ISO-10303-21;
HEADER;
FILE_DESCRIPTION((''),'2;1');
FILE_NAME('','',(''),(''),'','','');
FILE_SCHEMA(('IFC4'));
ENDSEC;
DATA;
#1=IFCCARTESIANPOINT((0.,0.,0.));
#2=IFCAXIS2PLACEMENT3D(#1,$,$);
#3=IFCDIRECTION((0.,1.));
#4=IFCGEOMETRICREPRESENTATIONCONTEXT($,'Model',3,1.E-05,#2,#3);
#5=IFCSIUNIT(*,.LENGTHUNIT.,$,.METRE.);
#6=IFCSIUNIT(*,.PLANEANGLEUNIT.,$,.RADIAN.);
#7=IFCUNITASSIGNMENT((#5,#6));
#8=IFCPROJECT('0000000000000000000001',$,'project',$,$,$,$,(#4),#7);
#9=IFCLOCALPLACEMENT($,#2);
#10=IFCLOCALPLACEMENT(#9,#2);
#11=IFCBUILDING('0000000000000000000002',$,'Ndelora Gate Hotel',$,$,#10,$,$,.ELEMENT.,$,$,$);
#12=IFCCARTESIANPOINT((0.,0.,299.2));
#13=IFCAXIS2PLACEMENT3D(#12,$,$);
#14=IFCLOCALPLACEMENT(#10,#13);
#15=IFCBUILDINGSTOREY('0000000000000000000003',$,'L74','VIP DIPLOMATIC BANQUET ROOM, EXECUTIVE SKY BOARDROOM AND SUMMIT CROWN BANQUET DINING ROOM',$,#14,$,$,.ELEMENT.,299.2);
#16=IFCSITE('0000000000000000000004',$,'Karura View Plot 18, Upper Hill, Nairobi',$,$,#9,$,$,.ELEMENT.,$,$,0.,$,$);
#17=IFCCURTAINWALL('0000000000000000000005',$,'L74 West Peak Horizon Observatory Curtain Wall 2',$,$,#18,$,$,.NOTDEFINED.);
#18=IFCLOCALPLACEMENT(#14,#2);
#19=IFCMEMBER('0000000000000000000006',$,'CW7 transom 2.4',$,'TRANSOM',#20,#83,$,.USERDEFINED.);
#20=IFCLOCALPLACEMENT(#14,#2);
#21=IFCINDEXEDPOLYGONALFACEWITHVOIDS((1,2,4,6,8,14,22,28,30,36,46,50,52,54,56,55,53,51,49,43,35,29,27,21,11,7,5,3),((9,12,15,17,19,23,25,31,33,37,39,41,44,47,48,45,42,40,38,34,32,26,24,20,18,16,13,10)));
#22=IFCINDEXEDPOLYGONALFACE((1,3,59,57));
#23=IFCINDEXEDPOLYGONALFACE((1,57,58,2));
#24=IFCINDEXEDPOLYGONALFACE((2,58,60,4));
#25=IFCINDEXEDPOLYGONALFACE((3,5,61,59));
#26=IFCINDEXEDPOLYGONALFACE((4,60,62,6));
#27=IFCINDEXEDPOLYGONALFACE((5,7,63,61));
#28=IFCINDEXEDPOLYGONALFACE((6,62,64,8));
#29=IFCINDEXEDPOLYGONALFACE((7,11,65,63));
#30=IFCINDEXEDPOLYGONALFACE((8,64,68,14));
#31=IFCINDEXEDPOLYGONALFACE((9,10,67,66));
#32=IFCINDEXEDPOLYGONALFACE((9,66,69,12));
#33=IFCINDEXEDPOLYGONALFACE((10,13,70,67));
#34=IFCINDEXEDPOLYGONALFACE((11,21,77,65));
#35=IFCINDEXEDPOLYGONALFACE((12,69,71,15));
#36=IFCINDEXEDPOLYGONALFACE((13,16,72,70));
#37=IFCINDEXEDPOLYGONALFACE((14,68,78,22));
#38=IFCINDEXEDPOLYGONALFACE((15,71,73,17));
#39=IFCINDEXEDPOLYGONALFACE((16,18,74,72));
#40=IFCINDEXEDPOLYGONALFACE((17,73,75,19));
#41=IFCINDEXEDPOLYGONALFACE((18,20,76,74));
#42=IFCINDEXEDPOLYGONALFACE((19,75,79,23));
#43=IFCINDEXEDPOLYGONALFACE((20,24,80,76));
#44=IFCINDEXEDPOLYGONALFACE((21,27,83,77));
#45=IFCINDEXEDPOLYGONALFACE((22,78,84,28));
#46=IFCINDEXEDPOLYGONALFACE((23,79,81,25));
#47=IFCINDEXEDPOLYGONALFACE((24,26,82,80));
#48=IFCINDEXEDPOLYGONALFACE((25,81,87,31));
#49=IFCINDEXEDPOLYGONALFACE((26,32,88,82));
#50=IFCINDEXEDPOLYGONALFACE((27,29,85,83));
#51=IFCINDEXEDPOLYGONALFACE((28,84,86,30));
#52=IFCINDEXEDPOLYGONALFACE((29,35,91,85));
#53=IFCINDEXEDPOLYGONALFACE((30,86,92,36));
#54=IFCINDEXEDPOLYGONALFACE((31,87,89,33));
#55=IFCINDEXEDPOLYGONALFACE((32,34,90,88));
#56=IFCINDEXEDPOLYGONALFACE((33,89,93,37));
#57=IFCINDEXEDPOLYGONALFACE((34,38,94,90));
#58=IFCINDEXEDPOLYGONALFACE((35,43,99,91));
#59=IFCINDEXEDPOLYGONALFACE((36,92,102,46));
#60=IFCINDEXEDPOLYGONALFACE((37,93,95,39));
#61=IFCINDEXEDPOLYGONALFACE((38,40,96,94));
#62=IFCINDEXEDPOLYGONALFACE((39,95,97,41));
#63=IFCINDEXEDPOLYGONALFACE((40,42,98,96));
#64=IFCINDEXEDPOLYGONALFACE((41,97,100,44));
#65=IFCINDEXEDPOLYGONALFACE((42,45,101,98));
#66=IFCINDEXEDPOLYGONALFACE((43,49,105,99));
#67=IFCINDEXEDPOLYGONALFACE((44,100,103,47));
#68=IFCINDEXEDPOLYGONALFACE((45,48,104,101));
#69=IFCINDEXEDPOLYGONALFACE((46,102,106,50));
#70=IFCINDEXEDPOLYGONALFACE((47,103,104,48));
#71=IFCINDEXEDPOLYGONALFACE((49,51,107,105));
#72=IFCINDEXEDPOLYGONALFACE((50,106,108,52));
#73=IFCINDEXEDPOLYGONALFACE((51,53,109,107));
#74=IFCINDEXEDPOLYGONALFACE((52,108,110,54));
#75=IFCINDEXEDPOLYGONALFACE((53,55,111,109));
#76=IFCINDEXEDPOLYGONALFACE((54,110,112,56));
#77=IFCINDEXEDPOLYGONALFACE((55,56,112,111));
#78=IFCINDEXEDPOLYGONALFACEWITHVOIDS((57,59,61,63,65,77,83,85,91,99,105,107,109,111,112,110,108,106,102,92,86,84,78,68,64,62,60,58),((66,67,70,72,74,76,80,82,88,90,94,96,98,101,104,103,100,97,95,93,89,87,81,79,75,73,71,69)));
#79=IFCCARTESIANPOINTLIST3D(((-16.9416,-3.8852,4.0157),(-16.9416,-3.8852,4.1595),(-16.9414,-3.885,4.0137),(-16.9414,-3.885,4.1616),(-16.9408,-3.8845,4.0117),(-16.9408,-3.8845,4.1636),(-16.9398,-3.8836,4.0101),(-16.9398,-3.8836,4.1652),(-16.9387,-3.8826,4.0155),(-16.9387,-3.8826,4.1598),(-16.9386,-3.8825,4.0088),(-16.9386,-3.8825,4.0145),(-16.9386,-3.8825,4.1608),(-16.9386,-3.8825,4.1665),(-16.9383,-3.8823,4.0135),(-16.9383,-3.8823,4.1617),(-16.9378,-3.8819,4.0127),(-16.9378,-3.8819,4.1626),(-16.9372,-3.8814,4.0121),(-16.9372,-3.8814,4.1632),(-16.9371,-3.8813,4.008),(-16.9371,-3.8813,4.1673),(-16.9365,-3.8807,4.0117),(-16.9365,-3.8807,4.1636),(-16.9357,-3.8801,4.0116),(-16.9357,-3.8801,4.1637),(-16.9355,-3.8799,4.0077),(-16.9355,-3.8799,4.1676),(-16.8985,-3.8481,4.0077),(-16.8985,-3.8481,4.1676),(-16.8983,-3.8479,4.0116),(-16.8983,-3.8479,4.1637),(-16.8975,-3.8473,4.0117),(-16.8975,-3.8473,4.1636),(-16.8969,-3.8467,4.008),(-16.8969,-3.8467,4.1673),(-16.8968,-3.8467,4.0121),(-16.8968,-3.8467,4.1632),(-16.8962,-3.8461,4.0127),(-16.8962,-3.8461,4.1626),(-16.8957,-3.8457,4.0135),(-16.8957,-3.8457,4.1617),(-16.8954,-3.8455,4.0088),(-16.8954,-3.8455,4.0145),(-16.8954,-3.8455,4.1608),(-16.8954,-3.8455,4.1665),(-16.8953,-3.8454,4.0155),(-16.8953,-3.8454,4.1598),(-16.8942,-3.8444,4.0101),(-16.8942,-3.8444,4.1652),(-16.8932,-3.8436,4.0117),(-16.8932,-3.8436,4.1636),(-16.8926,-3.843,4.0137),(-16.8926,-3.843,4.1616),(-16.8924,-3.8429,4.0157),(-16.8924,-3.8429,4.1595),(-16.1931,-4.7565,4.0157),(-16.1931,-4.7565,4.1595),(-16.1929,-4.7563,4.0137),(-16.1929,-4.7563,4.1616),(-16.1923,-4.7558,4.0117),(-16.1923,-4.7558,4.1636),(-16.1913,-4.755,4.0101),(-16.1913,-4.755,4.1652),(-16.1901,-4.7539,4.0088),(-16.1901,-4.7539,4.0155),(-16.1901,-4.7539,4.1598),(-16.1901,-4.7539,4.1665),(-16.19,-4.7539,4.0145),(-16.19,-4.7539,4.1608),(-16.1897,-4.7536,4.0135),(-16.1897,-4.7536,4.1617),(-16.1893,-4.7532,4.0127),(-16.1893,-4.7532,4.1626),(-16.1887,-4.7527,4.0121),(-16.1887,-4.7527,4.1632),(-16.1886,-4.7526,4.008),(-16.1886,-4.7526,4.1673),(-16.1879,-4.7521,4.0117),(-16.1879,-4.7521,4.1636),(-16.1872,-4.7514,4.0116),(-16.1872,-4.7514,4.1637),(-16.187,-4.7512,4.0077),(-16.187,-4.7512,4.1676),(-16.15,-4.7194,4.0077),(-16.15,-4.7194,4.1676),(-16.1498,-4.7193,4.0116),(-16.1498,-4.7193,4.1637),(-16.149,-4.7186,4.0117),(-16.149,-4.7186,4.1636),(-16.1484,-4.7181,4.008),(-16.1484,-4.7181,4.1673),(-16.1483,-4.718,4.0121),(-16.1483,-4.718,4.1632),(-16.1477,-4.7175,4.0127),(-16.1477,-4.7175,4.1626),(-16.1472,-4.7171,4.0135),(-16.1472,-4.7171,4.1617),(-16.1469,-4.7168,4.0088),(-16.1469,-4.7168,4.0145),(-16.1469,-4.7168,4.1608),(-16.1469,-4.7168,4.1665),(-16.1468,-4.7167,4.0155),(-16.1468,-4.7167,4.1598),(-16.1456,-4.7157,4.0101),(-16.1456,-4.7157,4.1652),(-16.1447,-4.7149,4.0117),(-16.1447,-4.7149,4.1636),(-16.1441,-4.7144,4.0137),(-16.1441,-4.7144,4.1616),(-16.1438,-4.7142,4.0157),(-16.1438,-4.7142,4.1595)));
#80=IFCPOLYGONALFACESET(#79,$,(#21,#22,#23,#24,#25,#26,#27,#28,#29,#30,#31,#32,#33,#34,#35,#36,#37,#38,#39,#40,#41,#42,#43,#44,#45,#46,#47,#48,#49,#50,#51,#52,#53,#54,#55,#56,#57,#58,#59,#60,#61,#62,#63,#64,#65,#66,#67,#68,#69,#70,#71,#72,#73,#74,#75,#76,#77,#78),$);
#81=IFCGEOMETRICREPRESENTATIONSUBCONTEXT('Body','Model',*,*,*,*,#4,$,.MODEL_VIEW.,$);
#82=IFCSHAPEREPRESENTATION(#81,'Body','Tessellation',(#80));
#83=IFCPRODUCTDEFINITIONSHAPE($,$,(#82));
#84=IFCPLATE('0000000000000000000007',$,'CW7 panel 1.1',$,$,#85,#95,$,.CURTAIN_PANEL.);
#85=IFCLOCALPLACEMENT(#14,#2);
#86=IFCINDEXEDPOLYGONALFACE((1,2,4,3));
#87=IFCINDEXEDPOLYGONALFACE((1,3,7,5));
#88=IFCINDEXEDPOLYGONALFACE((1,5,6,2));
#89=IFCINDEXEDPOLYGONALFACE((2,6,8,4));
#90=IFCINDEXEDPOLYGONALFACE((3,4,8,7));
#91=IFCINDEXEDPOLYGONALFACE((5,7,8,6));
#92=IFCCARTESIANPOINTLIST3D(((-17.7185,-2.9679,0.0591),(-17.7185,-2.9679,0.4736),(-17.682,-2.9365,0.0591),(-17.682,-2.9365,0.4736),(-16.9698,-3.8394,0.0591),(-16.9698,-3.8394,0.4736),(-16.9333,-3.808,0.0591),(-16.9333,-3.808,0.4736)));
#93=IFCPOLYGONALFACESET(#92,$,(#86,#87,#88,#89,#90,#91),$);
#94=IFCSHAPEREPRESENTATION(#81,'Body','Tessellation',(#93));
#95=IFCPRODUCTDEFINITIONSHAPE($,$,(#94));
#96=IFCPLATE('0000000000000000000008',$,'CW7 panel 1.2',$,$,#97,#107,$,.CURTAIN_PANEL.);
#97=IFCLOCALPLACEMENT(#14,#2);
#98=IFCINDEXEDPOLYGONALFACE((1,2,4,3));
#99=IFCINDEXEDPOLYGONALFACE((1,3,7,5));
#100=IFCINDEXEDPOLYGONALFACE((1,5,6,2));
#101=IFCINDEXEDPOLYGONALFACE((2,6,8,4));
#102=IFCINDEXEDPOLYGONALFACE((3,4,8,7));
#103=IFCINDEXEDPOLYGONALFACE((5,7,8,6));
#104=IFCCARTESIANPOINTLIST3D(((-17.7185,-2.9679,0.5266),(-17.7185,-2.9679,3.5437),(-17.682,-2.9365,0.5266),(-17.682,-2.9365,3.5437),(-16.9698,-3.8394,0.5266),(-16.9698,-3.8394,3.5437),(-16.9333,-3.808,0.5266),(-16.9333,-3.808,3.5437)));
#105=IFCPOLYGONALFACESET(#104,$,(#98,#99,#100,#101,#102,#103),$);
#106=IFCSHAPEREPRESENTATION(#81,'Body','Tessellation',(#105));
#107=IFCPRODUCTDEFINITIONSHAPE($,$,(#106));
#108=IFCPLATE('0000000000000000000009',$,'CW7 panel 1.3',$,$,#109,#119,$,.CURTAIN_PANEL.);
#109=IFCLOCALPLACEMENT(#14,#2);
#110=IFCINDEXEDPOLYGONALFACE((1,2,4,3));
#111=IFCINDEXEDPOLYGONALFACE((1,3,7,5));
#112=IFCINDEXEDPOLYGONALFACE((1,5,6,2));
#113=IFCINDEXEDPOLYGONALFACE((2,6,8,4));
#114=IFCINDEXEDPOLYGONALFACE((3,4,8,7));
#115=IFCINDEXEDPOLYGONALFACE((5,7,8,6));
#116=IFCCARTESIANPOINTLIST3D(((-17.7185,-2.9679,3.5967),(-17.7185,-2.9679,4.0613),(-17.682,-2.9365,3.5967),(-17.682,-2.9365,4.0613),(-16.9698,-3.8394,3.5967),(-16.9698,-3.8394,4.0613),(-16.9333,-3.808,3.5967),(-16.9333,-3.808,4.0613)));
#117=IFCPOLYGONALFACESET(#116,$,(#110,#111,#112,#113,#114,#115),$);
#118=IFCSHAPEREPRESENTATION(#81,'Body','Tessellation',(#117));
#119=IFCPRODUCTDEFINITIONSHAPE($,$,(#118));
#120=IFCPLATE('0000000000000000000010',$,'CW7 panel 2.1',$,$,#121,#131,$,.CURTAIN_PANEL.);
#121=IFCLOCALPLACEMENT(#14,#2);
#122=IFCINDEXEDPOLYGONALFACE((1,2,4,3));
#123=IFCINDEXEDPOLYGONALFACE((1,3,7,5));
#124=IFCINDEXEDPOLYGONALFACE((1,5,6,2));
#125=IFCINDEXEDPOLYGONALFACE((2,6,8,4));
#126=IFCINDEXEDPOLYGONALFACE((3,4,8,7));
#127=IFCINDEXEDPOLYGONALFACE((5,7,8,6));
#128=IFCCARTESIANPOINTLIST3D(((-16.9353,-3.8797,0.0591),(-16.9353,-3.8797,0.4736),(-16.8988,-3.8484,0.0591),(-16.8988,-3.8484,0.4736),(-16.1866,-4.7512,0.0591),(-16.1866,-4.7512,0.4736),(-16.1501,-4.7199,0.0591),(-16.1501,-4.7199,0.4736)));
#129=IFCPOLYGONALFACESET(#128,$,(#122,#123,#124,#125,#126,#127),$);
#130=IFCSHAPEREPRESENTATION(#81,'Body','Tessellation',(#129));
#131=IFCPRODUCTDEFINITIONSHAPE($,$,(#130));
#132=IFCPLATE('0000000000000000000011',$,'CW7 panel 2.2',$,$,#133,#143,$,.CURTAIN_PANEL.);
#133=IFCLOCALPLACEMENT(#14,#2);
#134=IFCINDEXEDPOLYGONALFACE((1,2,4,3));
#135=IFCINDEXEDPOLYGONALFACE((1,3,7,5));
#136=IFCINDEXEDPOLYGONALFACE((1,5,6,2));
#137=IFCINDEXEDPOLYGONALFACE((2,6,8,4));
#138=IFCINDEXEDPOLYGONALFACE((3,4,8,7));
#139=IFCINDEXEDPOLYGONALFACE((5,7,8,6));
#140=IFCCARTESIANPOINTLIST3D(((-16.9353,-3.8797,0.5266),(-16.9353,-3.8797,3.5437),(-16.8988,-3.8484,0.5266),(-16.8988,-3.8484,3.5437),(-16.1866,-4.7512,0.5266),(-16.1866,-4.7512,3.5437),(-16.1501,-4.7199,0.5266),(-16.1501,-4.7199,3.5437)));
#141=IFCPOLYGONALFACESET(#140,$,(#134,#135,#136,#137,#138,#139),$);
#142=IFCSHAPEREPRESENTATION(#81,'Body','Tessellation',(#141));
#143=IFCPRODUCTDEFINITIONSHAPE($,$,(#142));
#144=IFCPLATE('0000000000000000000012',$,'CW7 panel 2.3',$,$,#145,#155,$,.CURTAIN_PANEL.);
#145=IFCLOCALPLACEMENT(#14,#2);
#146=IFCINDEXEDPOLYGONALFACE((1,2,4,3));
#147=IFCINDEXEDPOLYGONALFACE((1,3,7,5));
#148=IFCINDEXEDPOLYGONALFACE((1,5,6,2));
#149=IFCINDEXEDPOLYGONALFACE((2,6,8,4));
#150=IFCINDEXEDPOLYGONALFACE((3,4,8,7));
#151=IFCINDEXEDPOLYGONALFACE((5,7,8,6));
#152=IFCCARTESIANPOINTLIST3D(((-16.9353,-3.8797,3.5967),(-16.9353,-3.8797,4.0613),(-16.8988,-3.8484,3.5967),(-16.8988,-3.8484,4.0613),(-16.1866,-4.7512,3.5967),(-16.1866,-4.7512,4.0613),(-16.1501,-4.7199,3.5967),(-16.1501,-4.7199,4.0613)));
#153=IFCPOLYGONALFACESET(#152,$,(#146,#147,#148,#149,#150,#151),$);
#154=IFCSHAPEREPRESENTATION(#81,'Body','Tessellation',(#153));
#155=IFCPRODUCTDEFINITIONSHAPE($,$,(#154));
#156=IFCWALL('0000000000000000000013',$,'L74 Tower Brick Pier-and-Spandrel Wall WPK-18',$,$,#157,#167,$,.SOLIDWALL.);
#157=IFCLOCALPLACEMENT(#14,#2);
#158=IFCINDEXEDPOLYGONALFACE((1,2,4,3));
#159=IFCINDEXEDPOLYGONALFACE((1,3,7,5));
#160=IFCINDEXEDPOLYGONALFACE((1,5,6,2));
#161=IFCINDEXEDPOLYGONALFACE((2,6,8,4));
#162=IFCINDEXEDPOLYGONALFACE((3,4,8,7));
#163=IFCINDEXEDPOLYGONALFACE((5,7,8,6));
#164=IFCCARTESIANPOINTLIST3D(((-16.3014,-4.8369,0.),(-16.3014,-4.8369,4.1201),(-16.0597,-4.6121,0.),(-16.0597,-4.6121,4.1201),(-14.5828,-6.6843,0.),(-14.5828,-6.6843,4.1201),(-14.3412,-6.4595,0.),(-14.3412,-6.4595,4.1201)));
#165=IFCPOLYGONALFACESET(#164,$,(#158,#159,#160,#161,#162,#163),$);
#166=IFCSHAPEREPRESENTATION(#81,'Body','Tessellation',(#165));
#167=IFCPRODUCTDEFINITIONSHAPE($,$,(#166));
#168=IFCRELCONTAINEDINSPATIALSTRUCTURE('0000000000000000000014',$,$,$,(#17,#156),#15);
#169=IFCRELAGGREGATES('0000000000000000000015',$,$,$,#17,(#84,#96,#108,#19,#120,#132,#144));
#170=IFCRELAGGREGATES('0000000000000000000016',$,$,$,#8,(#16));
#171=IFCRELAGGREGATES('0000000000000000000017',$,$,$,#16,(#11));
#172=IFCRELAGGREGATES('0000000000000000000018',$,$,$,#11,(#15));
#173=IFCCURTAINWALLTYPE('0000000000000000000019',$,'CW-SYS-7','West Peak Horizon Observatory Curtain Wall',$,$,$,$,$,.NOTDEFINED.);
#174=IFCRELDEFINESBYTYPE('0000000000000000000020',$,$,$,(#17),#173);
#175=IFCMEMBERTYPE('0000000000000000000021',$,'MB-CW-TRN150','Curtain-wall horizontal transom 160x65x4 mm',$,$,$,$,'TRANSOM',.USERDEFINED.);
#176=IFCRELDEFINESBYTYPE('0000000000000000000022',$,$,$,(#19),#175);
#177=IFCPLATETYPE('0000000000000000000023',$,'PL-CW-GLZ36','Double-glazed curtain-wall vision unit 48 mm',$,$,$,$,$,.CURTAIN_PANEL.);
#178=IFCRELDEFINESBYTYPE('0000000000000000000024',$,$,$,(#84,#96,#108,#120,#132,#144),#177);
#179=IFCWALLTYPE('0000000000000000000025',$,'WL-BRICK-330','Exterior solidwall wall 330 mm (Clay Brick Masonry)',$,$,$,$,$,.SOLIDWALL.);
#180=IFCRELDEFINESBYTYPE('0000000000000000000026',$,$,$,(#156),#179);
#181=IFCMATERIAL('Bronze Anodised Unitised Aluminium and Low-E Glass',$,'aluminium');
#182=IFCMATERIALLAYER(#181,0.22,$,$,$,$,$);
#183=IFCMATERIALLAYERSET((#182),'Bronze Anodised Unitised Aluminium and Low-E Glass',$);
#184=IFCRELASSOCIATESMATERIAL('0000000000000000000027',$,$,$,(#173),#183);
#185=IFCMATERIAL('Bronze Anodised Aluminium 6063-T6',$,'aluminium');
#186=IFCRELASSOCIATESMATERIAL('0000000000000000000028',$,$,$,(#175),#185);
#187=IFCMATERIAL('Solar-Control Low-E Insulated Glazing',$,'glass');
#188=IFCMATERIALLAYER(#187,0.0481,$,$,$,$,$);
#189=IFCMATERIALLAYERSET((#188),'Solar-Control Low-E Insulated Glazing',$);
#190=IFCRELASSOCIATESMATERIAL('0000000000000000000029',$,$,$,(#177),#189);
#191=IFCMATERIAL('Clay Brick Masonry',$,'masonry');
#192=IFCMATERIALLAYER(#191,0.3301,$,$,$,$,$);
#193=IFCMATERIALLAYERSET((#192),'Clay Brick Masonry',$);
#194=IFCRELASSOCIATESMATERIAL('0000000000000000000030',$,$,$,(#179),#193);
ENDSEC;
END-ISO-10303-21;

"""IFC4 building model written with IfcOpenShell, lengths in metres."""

from ifc_helpers import new_model, si_unit, direction, frame, frame_2d, origin, origin_2d, place, context, subcontext, project, spatial, rectangle, hollow_rectangle, extrude, material, layer, layer_set, material_profile, profile_set, type_object, element, aggregate, save


model = new_model("IFC4")

# Units and contexts
model_context = context("Model", 3, precision=1e-05, world=origin(), true_north=direction((0.0, 1.0)))
body_context = subcontext(model_context, "Body", "Model", "MODEL_VIEW")
ifc_project = project(units=[si_unit("LENGTHUNIT", "METRE"), si_unit("PLANEANGLEUNIT", "RADIAN")], contexts=[model_context])

# Site, building, storey
site_placement = place(None, origin())
site = spatial("IfcSite", under=ifc_project, at=site_placement, Name="Karura View Plot 18, Upper Hill, Nairobi", CompositionType="ELEMENT", RefElevation=0.0)
building_placement = place(site_placement, origin())
building = spatial("IfcBuilding", under=site, at=building_placement, Name="Ndelora Gate Hotel", CompositionType="ELEMENT")
storey_placement = place(building_placement, frame((0.0, 0.0, 299.2)))
storey = spatial("IfcBuildingStorey", under=building, at=storey_placement, Name="L74", Description="VIP DIPLOMATIC BANQUET ROOM, EXECUTIVE SKY BOARDROOM AND SUMMIT CROWN BANQUET DINING ROOM", CompositionType="ELEMENT", Elevation=299.2)

# Curtain wall, member, plates
ifc_material_1 = material(Name="Bronze Anodised Unitised Aluminium and Low-E Glass", Category="aluminium")
ifc_layer_1 = layer(ifc_material_1, 0.22)
ifc_layer_set_1 = layer_set([ifc_layer_1], Name="Bronze Anodised Unitised Aluminium and Low-E Glass")
curtain_wall_type = type_object("IfcCurtainWallType", Name="CW-SYS-7", Description="West Peak Horizon Observatory Curtain Wall", PredefinedType="NOTDEFINED", material=ifc_layer_set_1)
curtain_wall_placement = place(storey_placement, origin())
curtain_wall = element("IfcCurtainWall", 1, at=curtain_wall_placement, inside=storey, type_object=curtain_wall_type, Name="L74 West Peak Horizon Observatory Curtain Wall 2", PredefinedType="NOTDEFINED")
ifc_material_2 = material(Name="Bronze Anodised Aluminium 6063-T6", Category="aluminium")
ifc_material_profile_1 = material_profile(ifc_material_2, hollow_rectangle(XDim=0.0649, YDim=0.1599, WallThickness=0.0039, InnerFilletRadius=0.0039, OuterFilletRadius=0.0081, at=origin_2d()), Name="ALU 160x65x4")
ifc_profile_set_1 = profile_set([ifc_material_profile_1], Name="Bronze Anodised Aluminium 6063-T6")
member_type_1 = type_object("IfcMemberType", Name="MB-CW-TRN150", Description="Curtain-wall horizontal transom 160x65x4 mm", ElementType="TRANSOM", PredefinedType="USERDEFINED", material=ifc_profile_set_1)
member_1_placement = place(storey_placement, frame((-16.917, -3.864, 4.0876), z_axis=(0.651631, -0.758536, 0.0), x_axis=(0.758536, 0.651631, 0.0)))
member_1 = element("IfcMember", 2, at=member_1_placement, type_object=member_type_1, Name="CW7 transom 2.4", ObjectType="TRANSOM", PredefinedType="USERDEFINED", context=body_context, shape_type="SweptSolid", body=[
    extrude(hollow_rectangle(XDim=0.0649, YDim=0.1599, WallThickness=0.0039, InnerFilletRadius=0.0039, OuterFilletRadius=0.0081, at=origin_2d()), origin(), (0.0, 0.0, 1.0), 1.1487),
])
ifc_material_3 = material(Name="Solar-Control Low-E Insulated Glazing", Category="glass")
ifc_layer_2 = layer(ifc_material_3, 0.0481)
ifc_layer_set_2 = layer_set([ifc_layer_2], Name="Solar-Control Low-E Insulated Glazing")
plate_type = type_object("IfcPlateType", Name="PL-CW-GLZ36", Description="Double-glazed curtain-wall vision unit 48 mm", PredefinedType="CURTAIN_PANEL", material=ifc_layer_set_2)
plate_1_placement = place(storey_placement, frame((-17.3259, -3.3879, 0.0591), z_axis=(0.0, 0.0, 1.0), x_axis=(0.651638, -0.75853, 0.0)))
plate_1 = element("IfcPlate", 3, at=plate_1_placement, type_object=plate_type, Name="CW7 panel 1.1", PredefinedType="CURTAIN_PANEL", context=body_context, shape_type="SweptSolid", body=[
    extrude(rectangle(XDim=1.1489, YDim=0.0481, at=origin_2d()), origin(), (0.0, 0.0, 1.0), 0.4146),
])
plate_2_placement = place(storey_placement, frame((-17.3259, -3.3879, 0.5266), z_axis=(0.0, 0.0, 1.0), x_axis=(0.651638, -0.75853, 0.0)))
plate_2 = element("IfcPlate", 4, at=plate_2_placement, type_object=plate_type, Name="CW7 panel 1.2", PredefinedType="CURTAIN_PANEL", context=body_context, shape_type="SweptSolid", body=[
    extrude(rectangle(XDim=1.1489, YDim=0.0481, at=origin_2d()), origin(), (0.0, 0.0, 1.0), 3.0171),
])
plate_3_placement = place(storey_placement, frame((-17.3259, -3.3879, 3.5967), z_axis=(0.0, 0.0, 1.0), x_axis=(0.651638, -0.75853, 0.0)))
plate_3 = element("IfcPlate", 5, at=plate_3_placement, type_object=plate_type, Name="CW7 panel 1.3", PredefinedType="CURTAIN_PANEL", context=body_context, shape_type="SweptSolid", body=[
    extrude(rectangle(XDim=1.1489, YDim=0.0481, at=origin_2d()), origin(), (0.0, 0.0, 1.0), 0.4646),
])
plate_4_placement = place(storey_placement, frame((-16.5427, -4.2998, 0.0591), z_axis=(0.0, 0.0, 1.0), x_axis=(0.651638, -0.75853, 0.0)))
plate_4 = element("IfcPlate", 6, at=plate_4_placement, type_object=plate_type, Name="CW7 panel 2.1", PredefinedType="CURTAIN_PANEL", context=body_context, shape_type="SweptSolid", body=[
    extrude(rectangle(XDim=1.1489, YDim=0.0481, at=origin_2d()), origin(), (0.0, 0.0, 1.0), 0.4146),
])
plate_5_placement = place(storey_placement, frame((-16.5427, -4.2998, 0.5266), z_axis=(0.0, 0.0, 1.0), x_axis=(0.651638, -0.75853, 0.0)))
plate_5 = element("IfcPlate", 7, at=plate_5_placement, type_object=plate_type, Name="CW7 panel 2.2", PredefinedType="CURTAIN_PANEL", context=body_context, shape_type="SweptSolid", body=[
    extrude(rectangle(XDim=1.1489, YDim=0.0481, at=origin_2d()), origin(), (0.0, 0.0, 1.0), 3.0171),
])
plate_6_placement = place(storey_placement, frame((-16.5427, -4.2998, 3.5967), z_axis=(0.0, 0.0, 1.0), x_axis=(0.651638, -0.75853, 0.0)))
plate_6 = element("IfcPlate", 8, at=plate_6_placement, type_object=plate_type, Name="CW7 panel 2.3", PredefinedType="CURTAIN_PANEL", context=body_context, shape_type="SweptSolid", body=[
    extrude(rectangle(XDim=1.1489, YDim=0.0481, at=origin_2d()), origin(), (0.0, 0.0, 1.0), 0.4646),
])
aggregate(curtain_wall, [plate_1, plate_2, plate_3, member_1, plate_4, plate_5, plate_6])

# Wall
ifc_material_4 = material(Name="Clay Brick Masonry", Category="masonry")
ifc_layer_3 = layer(ifc_material_4, 0.3301)
ifc_layer_set_3 = layer_set([ifc_layer_3], Name="Clay Brick Masonry")
wall_type_1 = type_object("IfcWallType", Name="WL-BRICK-330", Description="Exterior solidwall wall 330 mm (Clay Brick Masonry)", PredefinedType="SOLIDWALL", material=ifc_layer_set_3)
wall_1_placement = place(storey_placement, frame((-14.4619, -6.572, 0.0), z_axis=(0.0, 0.0, 1.0), x_axis=(-0.6811, 0.73219, 0.0)))
element("IfcWall", 9, at=wall_1_placement, inside=storey, type_object=wall_type_1, Name="L74 Tower Brick Pier-and-Spandrel Wall WPK-18", PredefinedType="SOLIDWALL", context=body_context, shape_type="SweptSolid", body=[
    extrude(rectangle(XDim=2.5232, YDim=0.3301, at=frame_2d((1.2617, 0.0))), origin(), (0.0, 0.0, 1.0), 4.1201),
])

save(model, "model.ifc")
